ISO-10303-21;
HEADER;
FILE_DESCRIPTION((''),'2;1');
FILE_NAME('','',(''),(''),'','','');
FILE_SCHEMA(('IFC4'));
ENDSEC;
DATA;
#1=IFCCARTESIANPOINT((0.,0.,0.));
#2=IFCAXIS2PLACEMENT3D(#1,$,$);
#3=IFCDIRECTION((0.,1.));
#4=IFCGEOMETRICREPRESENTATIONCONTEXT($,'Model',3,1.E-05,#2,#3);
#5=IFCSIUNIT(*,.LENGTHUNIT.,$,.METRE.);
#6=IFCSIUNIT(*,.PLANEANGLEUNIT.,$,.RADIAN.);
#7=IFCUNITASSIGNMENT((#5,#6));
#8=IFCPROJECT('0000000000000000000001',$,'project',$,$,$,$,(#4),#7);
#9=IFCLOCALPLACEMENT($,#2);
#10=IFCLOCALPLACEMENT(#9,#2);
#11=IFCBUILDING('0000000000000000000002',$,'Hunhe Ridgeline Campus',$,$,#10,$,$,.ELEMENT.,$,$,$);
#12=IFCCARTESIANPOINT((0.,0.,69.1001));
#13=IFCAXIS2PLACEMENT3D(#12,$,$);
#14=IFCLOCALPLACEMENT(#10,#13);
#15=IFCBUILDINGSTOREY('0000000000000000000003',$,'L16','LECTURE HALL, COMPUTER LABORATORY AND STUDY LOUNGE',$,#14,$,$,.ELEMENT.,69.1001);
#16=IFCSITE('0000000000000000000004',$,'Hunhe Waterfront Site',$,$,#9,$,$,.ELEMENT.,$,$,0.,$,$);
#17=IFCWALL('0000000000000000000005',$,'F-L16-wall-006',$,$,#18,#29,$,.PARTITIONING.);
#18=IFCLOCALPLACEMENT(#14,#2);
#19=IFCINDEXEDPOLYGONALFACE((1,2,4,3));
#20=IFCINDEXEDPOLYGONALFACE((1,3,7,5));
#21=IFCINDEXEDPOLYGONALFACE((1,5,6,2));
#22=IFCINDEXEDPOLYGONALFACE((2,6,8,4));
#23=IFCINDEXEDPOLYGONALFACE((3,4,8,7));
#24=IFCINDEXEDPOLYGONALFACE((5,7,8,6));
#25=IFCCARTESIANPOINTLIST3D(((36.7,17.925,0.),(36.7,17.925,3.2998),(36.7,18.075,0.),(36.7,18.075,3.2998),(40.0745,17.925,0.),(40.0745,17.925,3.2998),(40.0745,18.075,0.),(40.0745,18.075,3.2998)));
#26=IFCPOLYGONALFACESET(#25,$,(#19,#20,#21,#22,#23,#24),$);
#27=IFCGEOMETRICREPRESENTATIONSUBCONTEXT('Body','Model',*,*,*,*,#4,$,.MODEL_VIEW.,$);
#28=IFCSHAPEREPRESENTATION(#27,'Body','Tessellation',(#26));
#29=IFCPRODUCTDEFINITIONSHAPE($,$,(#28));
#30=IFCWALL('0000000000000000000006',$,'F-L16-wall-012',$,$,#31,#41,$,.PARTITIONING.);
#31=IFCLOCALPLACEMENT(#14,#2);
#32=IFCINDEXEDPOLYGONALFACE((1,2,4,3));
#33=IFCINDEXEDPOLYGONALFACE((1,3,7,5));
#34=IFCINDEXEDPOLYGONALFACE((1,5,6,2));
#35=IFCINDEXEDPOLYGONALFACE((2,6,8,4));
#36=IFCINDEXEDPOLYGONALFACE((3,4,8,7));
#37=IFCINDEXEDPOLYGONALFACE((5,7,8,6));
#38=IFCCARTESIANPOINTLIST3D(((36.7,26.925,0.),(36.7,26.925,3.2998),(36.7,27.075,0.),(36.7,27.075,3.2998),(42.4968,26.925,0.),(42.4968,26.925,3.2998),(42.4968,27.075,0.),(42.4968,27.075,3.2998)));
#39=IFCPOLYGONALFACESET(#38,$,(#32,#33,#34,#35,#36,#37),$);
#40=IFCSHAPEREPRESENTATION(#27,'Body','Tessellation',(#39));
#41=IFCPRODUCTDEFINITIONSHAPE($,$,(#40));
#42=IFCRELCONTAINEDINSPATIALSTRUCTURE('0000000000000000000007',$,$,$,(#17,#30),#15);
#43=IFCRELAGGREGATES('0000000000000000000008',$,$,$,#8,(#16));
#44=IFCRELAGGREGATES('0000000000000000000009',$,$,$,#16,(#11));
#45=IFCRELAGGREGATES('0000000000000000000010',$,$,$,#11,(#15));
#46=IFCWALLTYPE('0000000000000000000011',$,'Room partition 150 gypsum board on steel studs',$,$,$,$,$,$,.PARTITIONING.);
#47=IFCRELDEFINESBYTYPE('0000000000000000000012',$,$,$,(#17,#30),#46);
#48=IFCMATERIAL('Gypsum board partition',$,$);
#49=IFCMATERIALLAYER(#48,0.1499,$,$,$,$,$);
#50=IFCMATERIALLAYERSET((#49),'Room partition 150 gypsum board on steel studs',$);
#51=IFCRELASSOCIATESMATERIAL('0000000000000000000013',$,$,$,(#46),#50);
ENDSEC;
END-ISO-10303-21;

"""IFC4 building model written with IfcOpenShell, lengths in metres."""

from ifc_helpers import new_model, si_unit, direction, frame, frame_2d, origin, place, context, subcontext, project, spatial, rectangle, extrude, material, layer, layer_set, type_object, element, save


model = new_model("IFC4")

# Units and contexts
model_context = context("Model", 3, precision=1e-05, world=origin(), true_north=direction((0.0, 1.0)))
body_context = subcontext(model_context, "Body", "Model", "MODEL_VIEW")
ifc_project = project(units=[si_unit("LENGTHUNIT", "METRE"), si_unit("PLANEANGLEUNIT", "RADIAN")], contexts=[model_context])

# Site, building, storey
site_placement = place(None, origin())
site = spatial("IfcSite", under=ifc_project, at=site_placement, Name="Hunhe Waterfront Site", CompositionType="ELEMENT", RefElevation=0.0)
building_placement = place(site_placement, origin())
building = spatial("IfcBuilding", under=site, at=building_placement, Name="Hunhe Ridgeline Campus", CompositionType="ELEMENT")
storey_placement = place(building_placement, frame((0.0, 0.0, 69.1001)))
storey = spatial("IfcBuildingStorey", under=building, at=storey_placement, Name="L16", Description="LECTURE HALL, COMPUTER LABORATORY AND STUDY LOUNGE", CompositionType="ELEMENT", Elevation=69.1001)

# Walls
ifc_material_1 = material(Name="Gypsum board partition")
ifc_layer_1 = layer(ifc_material_1, 0.1499)
ifc_layer_set_1 = layer_set([ifc_layer_1], Name="Room partition 150 gypsum board on steel studs")
wall_type_1 = type_object("IfcWallType", Name="Room partition 150 gypsum board on steel studs", PredefinedType="PARTITIONING", material=ifc_layer_set_1)
wall_1_placement = place(storey_placement, frame((36.7, 18.0, 0.0), z_axis=(0.0, 0.0, 1.0), x_axis=(1.0, 0.0, 0.0)))
element("IfcWall", 1, at=wall_1_placement, inside=storey, type_object=wall_type_1, Name="F-L16-wall-006", PredefinedType="PARTITIONING", context=body_context, shape_type="SweptSolid", body=[
    extrude(rectangle(XDim=3.3745, YDim=0.1499, at=frame_2d((1.6873, 0.0))), origin(), (0.0, 0.0, 1.0), 3.2998),
])
wall_2_placement = place(storey_placement, frame((36.7, 27.0, 0.0), z_axis=(0.0, 0.0, 1.0), x_axis=(1.0, 0.0, 0.0)))
element("IfcWall", 2, at=wall_2_placement, inside=storey, type_object=wall_type_1, Name="F-L16-wall-012", PredefinedType="PARTITIONING", context=body_context, shape_type="SweptSolid", body=[
    extrude(rectangle(XDim=5.7969, YDim=0.1499, at=frame_2d((2.8984, 0.0))), origin(), (0.0, 0.0, 1.0), 3.2998),
])

save(model, "model.ifc")
